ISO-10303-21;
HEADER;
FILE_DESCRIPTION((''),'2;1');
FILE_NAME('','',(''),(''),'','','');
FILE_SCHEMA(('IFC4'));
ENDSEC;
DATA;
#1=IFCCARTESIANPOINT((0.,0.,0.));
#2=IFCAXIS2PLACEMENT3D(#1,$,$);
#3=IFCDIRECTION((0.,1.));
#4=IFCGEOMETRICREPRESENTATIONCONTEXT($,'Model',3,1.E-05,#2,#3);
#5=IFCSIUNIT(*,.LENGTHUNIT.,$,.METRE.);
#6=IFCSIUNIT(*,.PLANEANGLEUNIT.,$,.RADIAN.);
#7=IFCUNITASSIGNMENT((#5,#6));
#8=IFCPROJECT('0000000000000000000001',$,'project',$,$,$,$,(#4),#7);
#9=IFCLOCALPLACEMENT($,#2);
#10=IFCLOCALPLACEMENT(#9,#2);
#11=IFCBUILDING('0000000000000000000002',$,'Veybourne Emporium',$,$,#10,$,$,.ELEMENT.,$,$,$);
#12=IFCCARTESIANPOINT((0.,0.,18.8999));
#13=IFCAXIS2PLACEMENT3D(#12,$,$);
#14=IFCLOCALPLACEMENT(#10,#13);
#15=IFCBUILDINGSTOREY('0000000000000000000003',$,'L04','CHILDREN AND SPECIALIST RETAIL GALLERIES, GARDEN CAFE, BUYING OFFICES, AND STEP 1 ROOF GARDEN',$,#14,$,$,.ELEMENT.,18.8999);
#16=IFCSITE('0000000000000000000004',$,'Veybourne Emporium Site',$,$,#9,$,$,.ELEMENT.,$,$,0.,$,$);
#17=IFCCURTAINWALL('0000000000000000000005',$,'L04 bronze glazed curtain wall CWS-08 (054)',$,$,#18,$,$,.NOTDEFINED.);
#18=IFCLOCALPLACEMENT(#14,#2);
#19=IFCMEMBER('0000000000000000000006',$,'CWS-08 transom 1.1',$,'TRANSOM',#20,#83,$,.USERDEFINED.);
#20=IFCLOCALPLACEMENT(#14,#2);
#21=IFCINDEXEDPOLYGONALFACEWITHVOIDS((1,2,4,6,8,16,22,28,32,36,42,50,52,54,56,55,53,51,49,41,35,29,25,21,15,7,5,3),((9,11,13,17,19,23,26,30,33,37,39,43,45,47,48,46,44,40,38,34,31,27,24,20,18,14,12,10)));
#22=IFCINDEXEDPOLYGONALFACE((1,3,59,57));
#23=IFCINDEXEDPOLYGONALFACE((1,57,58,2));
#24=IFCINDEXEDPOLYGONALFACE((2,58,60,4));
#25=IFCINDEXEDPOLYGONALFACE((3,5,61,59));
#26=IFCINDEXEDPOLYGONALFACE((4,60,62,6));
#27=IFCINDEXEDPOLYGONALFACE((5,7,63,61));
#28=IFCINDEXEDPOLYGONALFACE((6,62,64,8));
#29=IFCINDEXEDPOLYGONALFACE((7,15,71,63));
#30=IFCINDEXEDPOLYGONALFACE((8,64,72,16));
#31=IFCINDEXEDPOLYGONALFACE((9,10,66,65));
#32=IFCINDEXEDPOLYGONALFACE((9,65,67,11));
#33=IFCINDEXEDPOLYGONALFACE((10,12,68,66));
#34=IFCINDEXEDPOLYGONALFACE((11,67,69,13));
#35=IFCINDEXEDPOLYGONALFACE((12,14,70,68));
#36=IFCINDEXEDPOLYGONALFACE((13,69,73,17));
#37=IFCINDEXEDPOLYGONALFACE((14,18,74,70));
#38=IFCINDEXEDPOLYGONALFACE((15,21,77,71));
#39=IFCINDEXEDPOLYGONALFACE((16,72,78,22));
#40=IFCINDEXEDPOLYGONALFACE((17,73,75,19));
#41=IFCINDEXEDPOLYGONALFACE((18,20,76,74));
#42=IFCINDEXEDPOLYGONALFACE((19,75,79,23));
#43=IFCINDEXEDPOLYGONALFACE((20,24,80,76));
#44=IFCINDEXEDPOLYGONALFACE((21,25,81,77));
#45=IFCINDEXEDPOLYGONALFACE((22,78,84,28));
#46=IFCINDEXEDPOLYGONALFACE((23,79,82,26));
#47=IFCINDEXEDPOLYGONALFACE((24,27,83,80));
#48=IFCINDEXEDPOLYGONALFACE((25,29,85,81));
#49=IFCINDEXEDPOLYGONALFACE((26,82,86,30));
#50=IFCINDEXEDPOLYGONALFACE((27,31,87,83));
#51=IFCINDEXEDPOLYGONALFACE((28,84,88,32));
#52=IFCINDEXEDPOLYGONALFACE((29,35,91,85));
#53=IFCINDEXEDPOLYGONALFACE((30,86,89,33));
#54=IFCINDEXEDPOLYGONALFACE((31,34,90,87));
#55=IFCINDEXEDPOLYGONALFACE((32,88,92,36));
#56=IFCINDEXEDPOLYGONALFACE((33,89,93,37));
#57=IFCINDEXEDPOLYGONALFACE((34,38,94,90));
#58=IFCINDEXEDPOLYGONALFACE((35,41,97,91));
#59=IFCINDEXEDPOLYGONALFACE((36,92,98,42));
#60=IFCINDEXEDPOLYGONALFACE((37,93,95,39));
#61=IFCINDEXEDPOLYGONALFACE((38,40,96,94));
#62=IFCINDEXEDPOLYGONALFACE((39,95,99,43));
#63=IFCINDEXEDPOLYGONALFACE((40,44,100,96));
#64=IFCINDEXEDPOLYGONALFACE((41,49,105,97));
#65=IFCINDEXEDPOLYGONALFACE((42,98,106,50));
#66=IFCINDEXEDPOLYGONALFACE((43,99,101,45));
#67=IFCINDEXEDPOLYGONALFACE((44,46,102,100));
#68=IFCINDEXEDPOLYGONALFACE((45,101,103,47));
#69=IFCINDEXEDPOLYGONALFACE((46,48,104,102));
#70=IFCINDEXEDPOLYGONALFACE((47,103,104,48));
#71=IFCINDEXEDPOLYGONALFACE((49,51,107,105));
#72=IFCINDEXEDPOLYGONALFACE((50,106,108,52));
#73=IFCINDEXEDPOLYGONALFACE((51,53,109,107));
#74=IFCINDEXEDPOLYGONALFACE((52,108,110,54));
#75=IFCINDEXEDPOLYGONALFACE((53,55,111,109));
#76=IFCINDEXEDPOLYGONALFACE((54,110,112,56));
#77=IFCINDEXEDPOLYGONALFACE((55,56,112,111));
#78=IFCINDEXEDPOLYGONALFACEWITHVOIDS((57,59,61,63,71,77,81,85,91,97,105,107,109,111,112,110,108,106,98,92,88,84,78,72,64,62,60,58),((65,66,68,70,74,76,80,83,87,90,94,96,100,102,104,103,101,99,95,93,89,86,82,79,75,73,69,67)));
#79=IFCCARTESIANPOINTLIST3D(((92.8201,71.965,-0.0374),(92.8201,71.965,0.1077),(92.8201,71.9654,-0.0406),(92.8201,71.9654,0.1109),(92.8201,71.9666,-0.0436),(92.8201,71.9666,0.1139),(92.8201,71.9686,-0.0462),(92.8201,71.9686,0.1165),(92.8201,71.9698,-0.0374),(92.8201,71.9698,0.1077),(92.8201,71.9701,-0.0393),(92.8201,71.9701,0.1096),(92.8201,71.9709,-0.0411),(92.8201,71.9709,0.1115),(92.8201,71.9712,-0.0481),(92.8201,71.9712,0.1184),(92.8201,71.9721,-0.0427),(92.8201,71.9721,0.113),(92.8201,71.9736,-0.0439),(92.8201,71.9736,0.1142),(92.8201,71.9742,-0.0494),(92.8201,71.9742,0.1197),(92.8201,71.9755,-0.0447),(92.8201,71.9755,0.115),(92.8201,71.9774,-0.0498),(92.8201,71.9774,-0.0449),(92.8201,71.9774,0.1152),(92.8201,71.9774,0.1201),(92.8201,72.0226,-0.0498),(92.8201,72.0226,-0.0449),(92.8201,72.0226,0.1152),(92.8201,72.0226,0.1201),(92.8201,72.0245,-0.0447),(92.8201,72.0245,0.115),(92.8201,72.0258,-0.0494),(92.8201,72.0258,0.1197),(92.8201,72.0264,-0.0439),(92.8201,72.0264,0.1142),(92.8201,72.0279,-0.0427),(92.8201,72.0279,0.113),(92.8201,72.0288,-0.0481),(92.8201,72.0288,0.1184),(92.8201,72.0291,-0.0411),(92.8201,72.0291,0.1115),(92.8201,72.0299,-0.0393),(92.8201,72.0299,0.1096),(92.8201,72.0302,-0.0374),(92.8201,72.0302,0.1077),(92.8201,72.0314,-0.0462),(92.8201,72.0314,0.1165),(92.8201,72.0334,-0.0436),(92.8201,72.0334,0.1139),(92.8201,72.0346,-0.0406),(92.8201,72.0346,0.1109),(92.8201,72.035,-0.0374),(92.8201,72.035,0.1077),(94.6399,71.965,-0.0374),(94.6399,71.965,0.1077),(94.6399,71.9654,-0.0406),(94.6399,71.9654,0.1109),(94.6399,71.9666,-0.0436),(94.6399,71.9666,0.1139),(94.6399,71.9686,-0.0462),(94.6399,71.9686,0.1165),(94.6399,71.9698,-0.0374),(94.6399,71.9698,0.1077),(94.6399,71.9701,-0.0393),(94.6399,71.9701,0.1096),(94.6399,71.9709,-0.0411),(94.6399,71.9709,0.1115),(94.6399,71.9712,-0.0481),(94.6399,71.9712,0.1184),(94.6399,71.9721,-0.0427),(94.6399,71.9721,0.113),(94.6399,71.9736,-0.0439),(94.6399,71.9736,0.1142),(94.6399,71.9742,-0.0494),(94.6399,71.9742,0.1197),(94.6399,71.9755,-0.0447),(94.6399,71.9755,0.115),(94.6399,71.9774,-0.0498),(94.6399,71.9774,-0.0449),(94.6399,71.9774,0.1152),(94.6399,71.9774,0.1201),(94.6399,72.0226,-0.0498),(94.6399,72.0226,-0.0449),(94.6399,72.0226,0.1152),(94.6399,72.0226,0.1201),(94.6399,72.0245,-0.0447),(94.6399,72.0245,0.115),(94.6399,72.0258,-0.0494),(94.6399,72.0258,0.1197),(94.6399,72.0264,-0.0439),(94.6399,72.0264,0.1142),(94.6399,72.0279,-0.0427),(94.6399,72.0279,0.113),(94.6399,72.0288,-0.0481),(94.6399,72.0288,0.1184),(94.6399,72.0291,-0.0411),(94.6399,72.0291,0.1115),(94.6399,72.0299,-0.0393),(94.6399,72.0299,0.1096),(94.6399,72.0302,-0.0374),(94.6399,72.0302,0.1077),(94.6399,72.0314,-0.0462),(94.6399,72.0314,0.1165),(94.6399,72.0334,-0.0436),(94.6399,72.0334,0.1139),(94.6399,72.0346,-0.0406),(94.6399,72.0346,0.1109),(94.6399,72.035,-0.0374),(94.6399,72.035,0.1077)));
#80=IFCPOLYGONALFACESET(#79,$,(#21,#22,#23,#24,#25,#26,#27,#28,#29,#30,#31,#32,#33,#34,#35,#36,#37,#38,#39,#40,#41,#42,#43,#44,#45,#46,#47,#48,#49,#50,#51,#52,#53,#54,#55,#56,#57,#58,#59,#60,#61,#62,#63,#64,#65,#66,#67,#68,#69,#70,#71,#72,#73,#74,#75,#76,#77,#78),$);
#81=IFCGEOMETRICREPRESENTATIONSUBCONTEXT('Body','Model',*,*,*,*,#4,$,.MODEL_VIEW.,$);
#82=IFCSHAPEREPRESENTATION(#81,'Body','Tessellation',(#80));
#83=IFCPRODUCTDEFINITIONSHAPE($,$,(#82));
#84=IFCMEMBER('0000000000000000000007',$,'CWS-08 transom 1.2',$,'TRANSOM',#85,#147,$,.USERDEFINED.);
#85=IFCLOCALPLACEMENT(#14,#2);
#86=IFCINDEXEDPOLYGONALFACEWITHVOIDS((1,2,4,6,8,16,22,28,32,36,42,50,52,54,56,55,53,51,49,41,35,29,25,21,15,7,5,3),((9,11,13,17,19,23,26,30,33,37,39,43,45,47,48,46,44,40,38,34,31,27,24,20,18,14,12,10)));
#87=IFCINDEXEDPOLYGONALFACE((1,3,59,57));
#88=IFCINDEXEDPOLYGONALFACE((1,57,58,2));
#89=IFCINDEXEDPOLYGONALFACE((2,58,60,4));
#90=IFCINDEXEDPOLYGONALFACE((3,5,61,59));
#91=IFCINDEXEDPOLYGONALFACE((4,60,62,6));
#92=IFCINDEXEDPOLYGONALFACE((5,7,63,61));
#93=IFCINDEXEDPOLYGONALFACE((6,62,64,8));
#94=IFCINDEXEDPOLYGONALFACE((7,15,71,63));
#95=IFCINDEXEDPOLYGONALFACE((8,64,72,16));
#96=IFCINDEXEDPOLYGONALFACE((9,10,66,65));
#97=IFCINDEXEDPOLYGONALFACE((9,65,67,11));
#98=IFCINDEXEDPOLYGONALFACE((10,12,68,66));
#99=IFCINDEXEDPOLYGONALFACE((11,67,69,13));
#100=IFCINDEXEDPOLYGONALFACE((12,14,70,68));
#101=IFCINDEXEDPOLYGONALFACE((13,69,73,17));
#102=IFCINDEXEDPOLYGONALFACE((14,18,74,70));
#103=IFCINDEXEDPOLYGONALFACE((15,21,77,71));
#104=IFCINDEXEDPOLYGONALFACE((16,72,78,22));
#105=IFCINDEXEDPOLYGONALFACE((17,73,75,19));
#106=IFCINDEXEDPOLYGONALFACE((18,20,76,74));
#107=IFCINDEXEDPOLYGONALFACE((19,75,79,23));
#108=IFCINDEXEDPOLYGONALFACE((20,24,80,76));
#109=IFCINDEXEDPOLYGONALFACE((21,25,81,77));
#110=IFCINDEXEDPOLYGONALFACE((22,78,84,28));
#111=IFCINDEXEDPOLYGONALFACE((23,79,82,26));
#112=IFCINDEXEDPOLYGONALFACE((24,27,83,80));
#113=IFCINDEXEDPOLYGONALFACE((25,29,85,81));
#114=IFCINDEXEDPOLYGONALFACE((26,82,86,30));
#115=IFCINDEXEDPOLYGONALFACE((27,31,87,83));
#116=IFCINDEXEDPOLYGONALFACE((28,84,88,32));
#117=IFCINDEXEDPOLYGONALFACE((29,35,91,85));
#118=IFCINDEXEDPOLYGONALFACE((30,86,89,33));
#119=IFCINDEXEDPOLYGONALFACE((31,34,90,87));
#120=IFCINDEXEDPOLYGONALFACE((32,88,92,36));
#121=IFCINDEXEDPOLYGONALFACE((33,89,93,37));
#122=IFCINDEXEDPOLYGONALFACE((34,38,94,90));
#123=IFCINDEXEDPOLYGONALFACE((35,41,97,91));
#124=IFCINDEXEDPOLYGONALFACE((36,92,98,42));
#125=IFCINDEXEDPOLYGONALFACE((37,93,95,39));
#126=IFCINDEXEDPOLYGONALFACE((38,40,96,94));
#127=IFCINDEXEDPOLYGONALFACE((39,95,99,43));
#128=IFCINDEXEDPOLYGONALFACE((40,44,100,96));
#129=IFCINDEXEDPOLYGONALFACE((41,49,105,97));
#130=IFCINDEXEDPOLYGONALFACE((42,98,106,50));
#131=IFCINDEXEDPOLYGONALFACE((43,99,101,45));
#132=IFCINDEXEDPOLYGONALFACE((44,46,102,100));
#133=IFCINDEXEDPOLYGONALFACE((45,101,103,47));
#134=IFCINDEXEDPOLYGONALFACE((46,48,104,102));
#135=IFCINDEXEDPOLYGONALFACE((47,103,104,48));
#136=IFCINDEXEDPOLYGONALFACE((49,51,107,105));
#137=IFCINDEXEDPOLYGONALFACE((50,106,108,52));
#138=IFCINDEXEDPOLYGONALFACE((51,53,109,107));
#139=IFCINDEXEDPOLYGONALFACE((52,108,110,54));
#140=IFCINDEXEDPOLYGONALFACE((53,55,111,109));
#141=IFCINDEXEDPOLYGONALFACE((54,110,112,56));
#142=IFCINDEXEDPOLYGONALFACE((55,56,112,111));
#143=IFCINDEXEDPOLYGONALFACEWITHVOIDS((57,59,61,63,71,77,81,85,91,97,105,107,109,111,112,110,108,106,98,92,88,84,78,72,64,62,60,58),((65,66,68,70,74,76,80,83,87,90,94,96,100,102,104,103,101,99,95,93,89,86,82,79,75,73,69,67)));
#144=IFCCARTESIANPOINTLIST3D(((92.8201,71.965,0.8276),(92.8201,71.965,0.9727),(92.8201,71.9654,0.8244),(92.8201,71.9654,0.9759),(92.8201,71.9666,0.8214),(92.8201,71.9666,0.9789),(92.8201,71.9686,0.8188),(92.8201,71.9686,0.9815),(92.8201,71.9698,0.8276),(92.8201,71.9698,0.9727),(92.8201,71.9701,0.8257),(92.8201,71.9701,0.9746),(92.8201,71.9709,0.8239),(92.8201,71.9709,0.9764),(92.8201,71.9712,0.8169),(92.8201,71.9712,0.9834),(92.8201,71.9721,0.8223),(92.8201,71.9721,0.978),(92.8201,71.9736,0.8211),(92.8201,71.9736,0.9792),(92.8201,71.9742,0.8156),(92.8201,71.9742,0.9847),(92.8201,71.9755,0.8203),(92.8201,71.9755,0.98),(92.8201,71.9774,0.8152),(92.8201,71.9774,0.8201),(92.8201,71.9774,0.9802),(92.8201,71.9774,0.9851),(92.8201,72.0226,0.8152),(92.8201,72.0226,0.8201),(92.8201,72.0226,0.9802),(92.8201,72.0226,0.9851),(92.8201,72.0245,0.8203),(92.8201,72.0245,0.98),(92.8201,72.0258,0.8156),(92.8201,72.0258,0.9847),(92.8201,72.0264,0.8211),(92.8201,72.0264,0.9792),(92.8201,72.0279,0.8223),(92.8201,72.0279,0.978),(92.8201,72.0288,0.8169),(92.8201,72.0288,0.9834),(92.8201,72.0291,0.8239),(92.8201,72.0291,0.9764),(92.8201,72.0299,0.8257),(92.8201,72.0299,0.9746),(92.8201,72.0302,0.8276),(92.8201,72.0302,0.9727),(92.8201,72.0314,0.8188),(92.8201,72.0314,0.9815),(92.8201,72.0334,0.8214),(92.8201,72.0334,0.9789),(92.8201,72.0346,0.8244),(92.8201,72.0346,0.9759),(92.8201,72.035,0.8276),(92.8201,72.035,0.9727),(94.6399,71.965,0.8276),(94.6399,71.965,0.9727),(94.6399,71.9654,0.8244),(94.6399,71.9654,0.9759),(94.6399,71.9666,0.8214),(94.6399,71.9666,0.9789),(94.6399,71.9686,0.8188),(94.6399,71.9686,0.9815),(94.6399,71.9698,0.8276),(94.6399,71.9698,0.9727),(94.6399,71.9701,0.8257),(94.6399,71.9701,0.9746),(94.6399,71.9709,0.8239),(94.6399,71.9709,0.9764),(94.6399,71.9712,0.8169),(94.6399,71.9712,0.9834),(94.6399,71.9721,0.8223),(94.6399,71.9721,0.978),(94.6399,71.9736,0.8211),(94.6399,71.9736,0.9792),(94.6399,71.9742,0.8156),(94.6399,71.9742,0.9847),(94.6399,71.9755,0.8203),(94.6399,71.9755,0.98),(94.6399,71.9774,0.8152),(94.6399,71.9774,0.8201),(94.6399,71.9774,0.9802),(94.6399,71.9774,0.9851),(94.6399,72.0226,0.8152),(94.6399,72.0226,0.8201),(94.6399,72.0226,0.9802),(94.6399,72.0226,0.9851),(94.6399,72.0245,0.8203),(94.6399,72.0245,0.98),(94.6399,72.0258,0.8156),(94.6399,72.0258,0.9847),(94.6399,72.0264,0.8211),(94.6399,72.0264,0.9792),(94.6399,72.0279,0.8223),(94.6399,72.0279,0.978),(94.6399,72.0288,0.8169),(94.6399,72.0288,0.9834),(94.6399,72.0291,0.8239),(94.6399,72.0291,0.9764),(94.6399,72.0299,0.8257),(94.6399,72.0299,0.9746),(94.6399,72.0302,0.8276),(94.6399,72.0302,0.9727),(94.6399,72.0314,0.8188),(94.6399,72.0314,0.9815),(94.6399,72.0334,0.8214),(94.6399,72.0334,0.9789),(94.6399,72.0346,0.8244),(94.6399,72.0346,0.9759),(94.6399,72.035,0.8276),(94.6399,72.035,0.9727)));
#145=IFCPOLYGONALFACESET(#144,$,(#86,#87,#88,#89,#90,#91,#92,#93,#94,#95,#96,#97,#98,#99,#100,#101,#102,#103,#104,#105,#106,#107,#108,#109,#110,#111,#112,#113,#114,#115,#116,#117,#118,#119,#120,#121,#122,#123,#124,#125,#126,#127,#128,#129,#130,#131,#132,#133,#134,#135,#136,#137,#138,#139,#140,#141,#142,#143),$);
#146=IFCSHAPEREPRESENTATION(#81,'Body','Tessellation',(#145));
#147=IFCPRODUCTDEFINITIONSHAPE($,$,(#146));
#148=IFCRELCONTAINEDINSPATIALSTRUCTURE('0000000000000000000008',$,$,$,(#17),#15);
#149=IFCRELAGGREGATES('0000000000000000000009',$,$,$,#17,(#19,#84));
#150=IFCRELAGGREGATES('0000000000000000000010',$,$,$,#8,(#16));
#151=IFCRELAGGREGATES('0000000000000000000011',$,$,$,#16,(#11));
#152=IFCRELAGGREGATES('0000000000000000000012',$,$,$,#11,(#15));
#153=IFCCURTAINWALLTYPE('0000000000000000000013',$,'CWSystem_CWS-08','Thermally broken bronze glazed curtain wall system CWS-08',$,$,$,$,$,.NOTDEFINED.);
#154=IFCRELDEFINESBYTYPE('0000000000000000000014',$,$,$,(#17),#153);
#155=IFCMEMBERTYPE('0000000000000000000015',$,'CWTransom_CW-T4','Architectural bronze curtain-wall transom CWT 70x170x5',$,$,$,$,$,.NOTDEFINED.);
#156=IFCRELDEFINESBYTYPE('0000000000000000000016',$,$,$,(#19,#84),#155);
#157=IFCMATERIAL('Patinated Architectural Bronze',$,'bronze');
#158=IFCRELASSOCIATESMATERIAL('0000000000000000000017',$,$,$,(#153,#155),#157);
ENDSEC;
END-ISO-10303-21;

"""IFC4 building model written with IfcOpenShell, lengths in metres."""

from ifc_helpers import new_model, si_unit, direction, frame, origin, origin_2d, place, context, subcontext, project, spatial, hollow_rectangle, extrude, material, material_profile, profile_set, type_object, element, aggregate, save


model = new_model("IFC4")

# Units and contexts
model_context = context("Model", 3, precision=1e-05, world=origin(), true_north=direction((0.0, 1.0)))
body_context = subcontext(model_context, "Body", "Model", "MODEL_VIEW")
ifc_project = project(units=[si_unit("LENGTHUNIT", "METRE"), si_unit("PLANEANGLEUNIT", "RADIAN")], contexts=[model_context])

# Site, building, storey
site_placement = place(None, origin())
site = spatial("IfcSite", under=ifc_project, at=site_placement, Name="Veybourne Emporium Site", CompositionType="ELEMENT", RefElevation=0.0)
building_placement = place(site_placement, origin())
building = spatial("IfcBuilding", under=site, at=building_placement, Name="Veybourne Emporium", CompositionType="ELEMENT")
storey_placement = place(building_placement, frame((0.0, 0.0, 18.8999)))
storey = spatial("IfcBuildingStorey", under=building, at=storey_placement, Name="L04", Description="CHILDREN AND SPECIALIST RETAIL GALLERIES, GARDEN CAFE, BUYING OFFICES, AND STEP 1 ROOF GARDEN", CompositionType="ELEMENT", Elevation=18.8999)

# Curtain wall, members
ifc_material_1 = material(Name="Patinated Architectural Bronze", Category="bronze")
curtain_wall_type = type_object("IfcCurtainWallType", Name="CWSystem_CWS-08", Description="Thermally broken bronze glazed curtain wall system CWS-08", PredefinedType="NOTDEFINED", material=ifc_material_1)
curtain_wall_placement = place(storey_placement, origin())
curtain_wall = element("IfcCurtainWall", 1, at=curtain_wall_placement, inside=storey, type_object=curtain_wall_type, Name="L04 bronze glazed curtain wall CWS-08 (054)", PredefinedType="NOTDEFINED")
ifc_material_profile_1 = material_profile(ifc_material_1, hollow_rectangle(XDim=0.0701, YDim=0.1699, WallThickness=0.0049, InnerFilletRadius=0.0076, OuterFilletRadius=0.0125, at=origin_2d()), Name="CWT 70x170x5")
ifc_profile_set_1 = profile_set([ifc_material_profile_1], Name="Patinated Architectural Bronze")
member_type_1 = type_object("IfcMemberType", Name="CWTransom_CW-T4", Description="Architectural bronze curtain-wall transom CWT 70x170x5", PredefinedType="NOTDEFINED", material=ifc_profile_set_1)
member_1_placement = place(storey_placement, frame((92.8201, 72.0, 0.0352), z_axis=(1.0, 0.0, 0.0), x_axis=(0.0, 1.0, 0.0)))
member_1 = element("IfcMember", 2, at=member_1_placement, type_object=member_type_1, Name="CWS-08 transom 1.1", ObjectType="TRANSOM", PredefinedType="USERDEFINED", context=body_context, shape_type="SweptSolid", body=[
    extrude(hollow_rectangle(XDim=0.0701, YDim=0.1699, WallThickness=0.0049, InnerFilletRadius=0.0076, OuterFilletRadius=0.0125, at=origin_2d()), origin(), (0.0, 0.0, 1.0), 1.8198),
])
member_2_placement = place(storey_placement, frame((92.8201, 72.0, 0.9001), z_axis=(1.0, 0.0, 0.0), x_axis=(0.0, 1.0, 0.0)))
member_2 = element("IfcMember", 3, at=member_2_placement, type_object=member_type_1, Name="CWS-08 transom 1.2", ObjectType="TRANSOM", PredefinedType="USERDEFINED", context=body_context, shape_type="SweptSolid", body=[
    extrude(hollow_rectangle(XDim=0.0701, YDim=0.1699, WallThickness=0.0049, InnerFilletRadius=0.0076, OuterFilletRadius=0.0125, at=origin_2d()), origin(), (0.0, 0.0, 1.0), 1.8198),
])

aggregate(curtain_wall, [member_1, member_2])

save(model, "model.ifc")
